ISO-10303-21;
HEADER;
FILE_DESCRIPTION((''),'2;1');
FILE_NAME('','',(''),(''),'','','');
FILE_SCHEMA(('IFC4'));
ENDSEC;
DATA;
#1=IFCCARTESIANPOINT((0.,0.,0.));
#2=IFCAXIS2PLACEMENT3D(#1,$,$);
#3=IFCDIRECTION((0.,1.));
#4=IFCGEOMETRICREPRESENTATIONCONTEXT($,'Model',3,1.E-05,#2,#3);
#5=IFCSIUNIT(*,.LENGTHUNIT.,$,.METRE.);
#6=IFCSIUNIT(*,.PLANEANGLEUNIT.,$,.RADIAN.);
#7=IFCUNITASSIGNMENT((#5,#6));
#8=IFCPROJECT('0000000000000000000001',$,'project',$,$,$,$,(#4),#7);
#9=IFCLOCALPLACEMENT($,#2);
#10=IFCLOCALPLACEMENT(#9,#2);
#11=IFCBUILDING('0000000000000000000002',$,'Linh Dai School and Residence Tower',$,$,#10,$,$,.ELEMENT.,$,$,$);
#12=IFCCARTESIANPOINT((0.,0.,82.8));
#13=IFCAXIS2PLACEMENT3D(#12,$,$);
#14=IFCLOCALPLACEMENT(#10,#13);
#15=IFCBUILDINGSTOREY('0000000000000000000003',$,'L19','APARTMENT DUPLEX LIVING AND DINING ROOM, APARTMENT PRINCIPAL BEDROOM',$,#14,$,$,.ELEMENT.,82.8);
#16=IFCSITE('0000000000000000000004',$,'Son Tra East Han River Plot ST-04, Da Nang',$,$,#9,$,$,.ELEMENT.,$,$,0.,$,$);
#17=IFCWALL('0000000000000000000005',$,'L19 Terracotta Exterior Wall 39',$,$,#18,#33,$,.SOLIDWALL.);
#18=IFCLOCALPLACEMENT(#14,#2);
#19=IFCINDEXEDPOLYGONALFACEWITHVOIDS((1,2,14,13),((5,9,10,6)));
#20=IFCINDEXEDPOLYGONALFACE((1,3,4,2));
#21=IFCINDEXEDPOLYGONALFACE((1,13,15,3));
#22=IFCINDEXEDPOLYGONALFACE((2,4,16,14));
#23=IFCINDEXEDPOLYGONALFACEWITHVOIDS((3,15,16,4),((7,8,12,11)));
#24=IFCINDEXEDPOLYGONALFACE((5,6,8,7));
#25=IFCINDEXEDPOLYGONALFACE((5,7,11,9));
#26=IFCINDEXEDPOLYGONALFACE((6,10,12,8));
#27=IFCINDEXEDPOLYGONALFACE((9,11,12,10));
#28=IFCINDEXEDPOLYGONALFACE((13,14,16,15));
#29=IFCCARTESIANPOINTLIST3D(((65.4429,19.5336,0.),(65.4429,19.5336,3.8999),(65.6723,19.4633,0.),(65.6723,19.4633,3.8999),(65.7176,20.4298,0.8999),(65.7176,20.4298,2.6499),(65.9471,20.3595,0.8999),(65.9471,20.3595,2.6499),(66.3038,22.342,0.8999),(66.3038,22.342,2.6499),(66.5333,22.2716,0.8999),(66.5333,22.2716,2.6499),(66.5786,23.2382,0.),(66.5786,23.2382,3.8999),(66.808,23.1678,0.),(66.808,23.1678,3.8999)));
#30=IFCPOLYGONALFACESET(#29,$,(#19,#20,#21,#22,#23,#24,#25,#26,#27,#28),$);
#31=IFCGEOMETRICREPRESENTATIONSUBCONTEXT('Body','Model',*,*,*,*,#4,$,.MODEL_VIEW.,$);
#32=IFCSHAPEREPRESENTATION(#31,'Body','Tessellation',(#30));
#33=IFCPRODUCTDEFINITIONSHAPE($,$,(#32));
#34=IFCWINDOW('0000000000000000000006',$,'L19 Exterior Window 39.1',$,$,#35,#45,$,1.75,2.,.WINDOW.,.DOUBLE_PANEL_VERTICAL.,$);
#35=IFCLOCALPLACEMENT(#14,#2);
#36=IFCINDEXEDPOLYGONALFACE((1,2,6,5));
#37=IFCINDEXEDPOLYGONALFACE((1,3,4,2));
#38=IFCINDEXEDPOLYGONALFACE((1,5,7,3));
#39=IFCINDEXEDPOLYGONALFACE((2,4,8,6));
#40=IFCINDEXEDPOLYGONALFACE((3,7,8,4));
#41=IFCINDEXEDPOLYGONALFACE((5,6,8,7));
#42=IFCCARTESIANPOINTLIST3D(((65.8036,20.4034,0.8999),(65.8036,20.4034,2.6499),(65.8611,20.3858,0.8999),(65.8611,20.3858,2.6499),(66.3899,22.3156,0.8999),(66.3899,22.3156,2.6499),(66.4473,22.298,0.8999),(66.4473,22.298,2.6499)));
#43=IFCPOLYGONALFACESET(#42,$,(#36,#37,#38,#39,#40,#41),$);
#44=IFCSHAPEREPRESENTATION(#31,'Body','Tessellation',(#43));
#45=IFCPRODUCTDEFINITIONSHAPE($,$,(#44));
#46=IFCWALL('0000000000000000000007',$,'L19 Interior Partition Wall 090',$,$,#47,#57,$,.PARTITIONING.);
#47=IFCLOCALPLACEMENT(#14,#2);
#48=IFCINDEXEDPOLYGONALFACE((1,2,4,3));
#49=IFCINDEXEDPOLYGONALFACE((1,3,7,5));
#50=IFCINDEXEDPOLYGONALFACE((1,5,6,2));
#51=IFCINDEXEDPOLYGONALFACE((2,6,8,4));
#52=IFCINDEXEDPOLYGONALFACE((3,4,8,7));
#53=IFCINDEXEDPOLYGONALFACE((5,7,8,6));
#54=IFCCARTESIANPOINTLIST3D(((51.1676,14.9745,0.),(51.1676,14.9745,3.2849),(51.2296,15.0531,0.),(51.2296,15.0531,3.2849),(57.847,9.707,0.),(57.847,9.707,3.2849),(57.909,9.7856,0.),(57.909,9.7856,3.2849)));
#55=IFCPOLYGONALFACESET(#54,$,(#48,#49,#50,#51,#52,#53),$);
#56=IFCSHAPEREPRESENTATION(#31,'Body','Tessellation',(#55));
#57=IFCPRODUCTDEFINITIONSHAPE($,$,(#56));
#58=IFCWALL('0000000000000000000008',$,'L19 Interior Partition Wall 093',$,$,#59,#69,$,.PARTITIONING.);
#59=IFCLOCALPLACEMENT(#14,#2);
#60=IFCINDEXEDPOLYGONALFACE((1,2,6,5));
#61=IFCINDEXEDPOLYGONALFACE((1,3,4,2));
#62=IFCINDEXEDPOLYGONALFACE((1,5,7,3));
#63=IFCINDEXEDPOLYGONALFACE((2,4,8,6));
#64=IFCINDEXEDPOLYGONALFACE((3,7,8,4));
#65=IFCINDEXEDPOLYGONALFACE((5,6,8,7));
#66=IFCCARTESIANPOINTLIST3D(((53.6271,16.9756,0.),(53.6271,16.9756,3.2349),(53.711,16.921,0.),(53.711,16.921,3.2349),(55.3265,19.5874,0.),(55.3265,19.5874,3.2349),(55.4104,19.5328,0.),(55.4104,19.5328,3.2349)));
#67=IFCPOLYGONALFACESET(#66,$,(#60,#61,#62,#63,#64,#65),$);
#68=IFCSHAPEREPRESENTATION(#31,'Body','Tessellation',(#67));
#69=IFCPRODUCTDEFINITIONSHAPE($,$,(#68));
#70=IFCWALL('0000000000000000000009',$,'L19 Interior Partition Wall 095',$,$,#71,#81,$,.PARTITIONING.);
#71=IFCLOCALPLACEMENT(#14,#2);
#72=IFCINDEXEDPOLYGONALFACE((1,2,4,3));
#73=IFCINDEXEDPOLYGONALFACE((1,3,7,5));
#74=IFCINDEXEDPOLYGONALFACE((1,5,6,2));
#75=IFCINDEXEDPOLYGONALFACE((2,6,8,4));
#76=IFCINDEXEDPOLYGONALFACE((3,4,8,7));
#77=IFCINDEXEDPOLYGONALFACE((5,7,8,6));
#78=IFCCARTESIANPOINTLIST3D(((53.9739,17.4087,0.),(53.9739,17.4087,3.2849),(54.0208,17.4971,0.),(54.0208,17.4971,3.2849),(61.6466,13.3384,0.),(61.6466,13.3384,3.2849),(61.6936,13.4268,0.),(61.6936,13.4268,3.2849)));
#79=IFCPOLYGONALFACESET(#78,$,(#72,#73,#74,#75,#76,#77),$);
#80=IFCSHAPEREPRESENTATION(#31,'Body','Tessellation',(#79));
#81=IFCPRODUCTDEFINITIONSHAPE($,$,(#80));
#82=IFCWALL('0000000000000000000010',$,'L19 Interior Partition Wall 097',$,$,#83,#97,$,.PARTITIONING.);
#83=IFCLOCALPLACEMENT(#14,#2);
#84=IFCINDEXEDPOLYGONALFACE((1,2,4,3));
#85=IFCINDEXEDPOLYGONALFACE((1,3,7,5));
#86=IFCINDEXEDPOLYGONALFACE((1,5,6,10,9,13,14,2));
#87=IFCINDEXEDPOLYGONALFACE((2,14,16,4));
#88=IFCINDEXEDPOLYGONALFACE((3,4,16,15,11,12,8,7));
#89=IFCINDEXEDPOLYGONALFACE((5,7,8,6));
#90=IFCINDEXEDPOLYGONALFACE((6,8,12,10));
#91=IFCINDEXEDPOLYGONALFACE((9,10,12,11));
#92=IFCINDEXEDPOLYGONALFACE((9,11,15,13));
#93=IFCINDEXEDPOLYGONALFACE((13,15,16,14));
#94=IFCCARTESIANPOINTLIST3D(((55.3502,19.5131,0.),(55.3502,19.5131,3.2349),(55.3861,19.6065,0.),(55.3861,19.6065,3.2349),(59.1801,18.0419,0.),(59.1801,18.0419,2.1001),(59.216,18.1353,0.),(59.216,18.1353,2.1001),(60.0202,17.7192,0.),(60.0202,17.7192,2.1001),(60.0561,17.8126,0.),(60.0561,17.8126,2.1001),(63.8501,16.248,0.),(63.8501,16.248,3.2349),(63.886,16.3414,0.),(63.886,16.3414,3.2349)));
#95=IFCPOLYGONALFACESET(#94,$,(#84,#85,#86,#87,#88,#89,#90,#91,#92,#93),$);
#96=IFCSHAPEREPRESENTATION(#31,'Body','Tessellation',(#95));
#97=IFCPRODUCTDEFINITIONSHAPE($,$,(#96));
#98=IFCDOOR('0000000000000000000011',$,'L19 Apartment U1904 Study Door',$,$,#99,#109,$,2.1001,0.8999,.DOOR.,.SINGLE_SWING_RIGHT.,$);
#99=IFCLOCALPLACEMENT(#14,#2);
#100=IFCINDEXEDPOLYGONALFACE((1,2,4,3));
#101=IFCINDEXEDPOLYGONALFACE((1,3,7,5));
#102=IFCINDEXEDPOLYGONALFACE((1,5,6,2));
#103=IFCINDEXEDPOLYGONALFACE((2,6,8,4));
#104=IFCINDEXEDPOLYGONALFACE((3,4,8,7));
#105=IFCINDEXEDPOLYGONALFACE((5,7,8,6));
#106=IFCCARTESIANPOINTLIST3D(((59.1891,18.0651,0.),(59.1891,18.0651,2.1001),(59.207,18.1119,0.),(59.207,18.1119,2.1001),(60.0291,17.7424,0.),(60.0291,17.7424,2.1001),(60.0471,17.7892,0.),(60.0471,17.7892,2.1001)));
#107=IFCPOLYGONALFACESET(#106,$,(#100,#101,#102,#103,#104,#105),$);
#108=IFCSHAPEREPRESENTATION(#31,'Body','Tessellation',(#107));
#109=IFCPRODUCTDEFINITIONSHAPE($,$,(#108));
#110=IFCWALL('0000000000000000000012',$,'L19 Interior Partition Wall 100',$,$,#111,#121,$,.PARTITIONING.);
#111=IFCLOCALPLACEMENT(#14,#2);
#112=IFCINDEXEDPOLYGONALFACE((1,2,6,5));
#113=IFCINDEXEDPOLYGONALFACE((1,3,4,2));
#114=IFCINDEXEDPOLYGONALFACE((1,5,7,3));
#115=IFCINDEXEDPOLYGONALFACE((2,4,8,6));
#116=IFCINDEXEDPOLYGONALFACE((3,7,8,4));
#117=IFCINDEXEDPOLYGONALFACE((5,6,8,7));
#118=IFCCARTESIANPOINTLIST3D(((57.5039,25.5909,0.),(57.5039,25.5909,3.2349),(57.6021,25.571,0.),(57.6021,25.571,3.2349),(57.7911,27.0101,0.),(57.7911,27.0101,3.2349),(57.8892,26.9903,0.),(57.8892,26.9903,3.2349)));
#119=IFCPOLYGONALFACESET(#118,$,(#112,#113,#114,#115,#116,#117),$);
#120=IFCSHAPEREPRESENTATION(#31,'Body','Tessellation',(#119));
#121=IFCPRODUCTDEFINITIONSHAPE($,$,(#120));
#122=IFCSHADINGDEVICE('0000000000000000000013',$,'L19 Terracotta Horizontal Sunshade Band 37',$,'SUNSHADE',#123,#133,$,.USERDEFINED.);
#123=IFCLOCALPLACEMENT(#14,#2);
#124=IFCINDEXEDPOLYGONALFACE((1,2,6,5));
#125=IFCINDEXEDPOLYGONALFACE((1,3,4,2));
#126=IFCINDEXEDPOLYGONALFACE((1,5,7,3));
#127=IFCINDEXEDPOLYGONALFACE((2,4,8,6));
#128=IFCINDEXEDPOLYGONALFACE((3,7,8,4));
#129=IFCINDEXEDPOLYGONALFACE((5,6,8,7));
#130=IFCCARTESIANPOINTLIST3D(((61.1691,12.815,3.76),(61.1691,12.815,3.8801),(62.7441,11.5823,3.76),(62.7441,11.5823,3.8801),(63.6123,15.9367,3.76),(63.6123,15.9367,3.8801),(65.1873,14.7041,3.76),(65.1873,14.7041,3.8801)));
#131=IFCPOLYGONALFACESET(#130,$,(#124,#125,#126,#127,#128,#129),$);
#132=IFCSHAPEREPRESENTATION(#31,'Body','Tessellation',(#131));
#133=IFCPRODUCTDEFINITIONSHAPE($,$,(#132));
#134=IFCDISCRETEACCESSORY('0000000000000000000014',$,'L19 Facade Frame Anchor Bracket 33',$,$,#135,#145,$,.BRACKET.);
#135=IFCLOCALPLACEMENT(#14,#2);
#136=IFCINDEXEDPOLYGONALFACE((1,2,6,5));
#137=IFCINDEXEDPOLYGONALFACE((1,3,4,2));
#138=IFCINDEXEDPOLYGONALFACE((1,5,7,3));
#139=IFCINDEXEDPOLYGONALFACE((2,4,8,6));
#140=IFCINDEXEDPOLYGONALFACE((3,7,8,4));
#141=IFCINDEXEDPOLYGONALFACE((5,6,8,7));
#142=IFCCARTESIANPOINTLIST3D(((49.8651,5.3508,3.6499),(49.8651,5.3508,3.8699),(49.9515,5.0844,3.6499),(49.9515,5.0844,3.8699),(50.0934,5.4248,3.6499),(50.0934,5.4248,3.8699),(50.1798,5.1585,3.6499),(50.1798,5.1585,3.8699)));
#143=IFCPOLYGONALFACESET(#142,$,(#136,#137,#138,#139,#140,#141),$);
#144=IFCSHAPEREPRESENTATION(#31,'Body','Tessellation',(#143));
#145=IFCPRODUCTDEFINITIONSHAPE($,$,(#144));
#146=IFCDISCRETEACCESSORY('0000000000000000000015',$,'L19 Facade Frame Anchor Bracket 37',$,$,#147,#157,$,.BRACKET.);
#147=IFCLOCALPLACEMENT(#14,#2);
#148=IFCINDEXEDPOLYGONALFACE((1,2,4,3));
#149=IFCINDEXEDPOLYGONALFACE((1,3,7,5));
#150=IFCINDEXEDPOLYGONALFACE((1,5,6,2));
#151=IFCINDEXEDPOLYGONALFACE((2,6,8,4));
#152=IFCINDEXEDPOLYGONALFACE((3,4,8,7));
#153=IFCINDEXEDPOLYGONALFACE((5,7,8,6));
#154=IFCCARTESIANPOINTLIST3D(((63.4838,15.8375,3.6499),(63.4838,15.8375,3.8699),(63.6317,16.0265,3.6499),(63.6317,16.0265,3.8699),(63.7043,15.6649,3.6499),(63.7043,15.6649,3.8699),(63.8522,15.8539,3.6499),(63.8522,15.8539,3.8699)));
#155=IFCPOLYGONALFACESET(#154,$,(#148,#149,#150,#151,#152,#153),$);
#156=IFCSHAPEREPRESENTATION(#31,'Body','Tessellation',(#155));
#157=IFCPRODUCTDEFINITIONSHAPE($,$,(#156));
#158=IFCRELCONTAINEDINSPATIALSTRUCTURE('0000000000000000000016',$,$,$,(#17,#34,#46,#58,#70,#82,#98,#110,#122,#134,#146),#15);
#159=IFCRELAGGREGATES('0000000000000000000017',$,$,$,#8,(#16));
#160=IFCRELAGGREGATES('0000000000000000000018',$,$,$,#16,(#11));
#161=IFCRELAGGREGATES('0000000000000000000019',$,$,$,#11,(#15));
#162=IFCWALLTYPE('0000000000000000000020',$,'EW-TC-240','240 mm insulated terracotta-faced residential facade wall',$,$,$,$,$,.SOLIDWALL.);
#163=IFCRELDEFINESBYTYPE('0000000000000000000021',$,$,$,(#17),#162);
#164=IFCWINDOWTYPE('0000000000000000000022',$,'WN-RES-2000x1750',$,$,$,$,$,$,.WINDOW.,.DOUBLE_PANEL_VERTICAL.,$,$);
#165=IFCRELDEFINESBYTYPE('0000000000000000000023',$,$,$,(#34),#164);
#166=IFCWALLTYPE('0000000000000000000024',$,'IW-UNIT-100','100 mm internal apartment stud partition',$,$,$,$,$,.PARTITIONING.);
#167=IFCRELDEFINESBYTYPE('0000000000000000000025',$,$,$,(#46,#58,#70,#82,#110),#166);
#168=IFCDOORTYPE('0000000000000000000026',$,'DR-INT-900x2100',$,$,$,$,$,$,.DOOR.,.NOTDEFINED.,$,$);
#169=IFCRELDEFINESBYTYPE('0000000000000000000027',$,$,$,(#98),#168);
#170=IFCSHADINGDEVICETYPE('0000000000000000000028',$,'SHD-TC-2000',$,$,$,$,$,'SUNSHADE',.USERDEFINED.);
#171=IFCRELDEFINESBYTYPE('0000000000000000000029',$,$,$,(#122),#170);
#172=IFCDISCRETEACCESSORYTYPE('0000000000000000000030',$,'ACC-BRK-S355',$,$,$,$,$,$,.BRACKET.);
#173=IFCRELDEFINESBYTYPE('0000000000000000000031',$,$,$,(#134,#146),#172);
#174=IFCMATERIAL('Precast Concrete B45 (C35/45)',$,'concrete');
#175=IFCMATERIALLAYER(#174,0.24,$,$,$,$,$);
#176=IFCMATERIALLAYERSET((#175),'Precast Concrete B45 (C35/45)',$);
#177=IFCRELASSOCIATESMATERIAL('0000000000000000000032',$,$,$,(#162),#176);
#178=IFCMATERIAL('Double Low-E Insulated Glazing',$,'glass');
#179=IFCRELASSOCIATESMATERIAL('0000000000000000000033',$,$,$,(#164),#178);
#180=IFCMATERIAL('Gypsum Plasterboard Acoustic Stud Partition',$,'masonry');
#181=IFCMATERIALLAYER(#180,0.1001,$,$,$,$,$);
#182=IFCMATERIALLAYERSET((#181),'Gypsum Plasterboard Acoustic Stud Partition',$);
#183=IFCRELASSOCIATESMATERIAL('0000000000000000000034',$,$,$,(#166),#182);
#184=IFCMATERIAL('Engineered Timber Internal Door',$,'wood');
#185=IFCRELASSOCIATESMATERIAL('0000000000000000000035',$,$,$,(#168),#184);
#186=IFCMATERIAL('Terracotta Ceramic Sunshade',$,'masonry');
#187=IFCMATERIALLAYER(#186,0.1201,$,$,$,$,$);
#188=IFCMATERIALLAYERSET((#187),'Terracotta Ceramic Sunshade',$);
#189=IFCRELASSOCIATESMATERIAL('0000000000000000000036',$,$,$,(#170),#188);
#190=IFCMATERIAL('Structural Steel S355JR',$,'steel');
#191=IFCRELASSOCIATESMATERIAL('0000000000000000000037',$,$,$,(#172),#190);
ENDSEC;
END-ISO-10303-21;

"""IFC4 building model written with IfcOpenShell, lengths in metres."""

from ifc_helpers import new_model, si_unit, direction, frame, frame_2d, origin, origin_2d, place, context, subcontext, project, spatial, rectangle, extrude, source, transform, mapped, material, layer, layer_set, type_object, element, fill, save


model = new_model("IFC4")

# Units and contexts
model_context = context("Model", 3, precision=1e-05, world=origin(), true_north=direction((0.0, 1.0)))
body_context = subcontext(model_context, "Body", "Model", "MODEL_VIEW")
ifc_project = project(units=[si_unit("LENGTHUNIT", "METRE"), si_unit("PLANEANGLEUNIT", "RADIAN")], contexts=[model_context])

# Site, building, storey
site_placement = place(None, origin())
site = spatial("IfcSite", under=ifc_project, at=site_placement, Name="Son Tra East Han River Plot ST-04, Da Nang", CompositionType="ELEMENT", RefElevation=0.0)
building_placement = place(site_placement, origin())
building = spatial("IfcBuilding", under=site, at=building_placement, Name="Linh Dai School and Residence Tower", CompositionType="ELEMENT")
storey_placement = place(building_placement, frame((0.0, 0.0, 82.8)))
storey = spatial("IfcBuildingStorey", under=building, at=storey_placement, Name="L19", Description="APARTMENT DUPLEX LIVING AND DINING ROOM, APARTMENT PRINCIPAL BEDROOM", CompositionType="ELEMENT", Elevation=82.8)

# Shared definitions
ifc_material_1 = material(Name="Structural Steel S355JR", Category="steel")

# Shared definitions
ifc_material_2 = material(Name="Precast Concrete B45 (C35/45)", Category="concrete")

# Shared definitions
ifc_layer_1 = layer(ifc_material_2, 0.24)
ifc_layer_set_1 = layer_set([ifc_layer_1], Name="Precast Concrete B45 (C35/45)")
wall_type_1 = type_object("IfcWallType", Name="EW-TC-240", Description="240 mm insulated terracotta-faced residential facade wall", PredefinedType="SOLIDWALL", material=ifc_layer_set_1)
ifc_material_3 = material(Name="Double Low-E Insulated Glazing", Category="glass")
window_type = type_object("IfcWindowType", Name="WN-RES-2000x1750", PartitioningType="DOUBLE_PANEL_VERTICAL", PredefinedType="WINDOW", material=ifc_material_3)
shared_shape_1 = source(origin(), body_context, "Body", "SweptSolid", [
    extrude(rectangle(XDim=2.0, YDim=1.75, at=origin_2d()), frame((1.0, 0.03, 0.875), z_axis=(0.0, -1.0, 0.0), x_axis=(1.0, 0.0, 0.0)), (0.0, 0.0, 1.0), 0.0601),
])

# Wall, opening, window
wall_1_placement = place(storey_placement, frame((66.6934, 23.2031, 0.0), z_axis=(0.0, 0.0, 1.0), x_axis=(-0.293112, -0.956078, 0.0)))
wall_1 = element("IfcWall", 1, at=wall_1_placement, inside=storey, type_object=wall_type_1, Name="L19 Terracotta Exterior Wall 39", PredefinedType="SOLIDWALL", context=body_context, shape_type="SweptSolid", body=[
    extrude(rectangle(XDim=3.8748, YDim=0.24, at=frame_2d((1.9375, 0.0))), origin(), (0.0, 0.0, 1.0), 3.8999),
])
opening_1_placement = place(wall_1_placement, frame((0.9375, 0.0, 0.8999)))
opening_1 = element("IfcOpeningElement", 2, at=opening_1_placement, cuts=wall_1, PredefinedType="OPENING", context=body_context, shape_type="SweptSolid", body=[
    extrude(rectangle(XDim=2.0, YDim=1.75, at=origin_2d()), frame((1.0, 0.1299, 0.875), z_axis=(0.0, -1.0, 0.0), x_axis=(1.0, 0.0, 0.0)), (0.0, 0.0, 1.0), 0.26),
])
window_1_placement = place(opening_1_placement, origin())
window_1 = element("IfcWindow", 3, at=window_1_placement, inside=storey, type_object=window_type, Name="L19 Exterior Window 39.1", OverallHeight=1.75, OverallWidth=2.0, PartitioningType="DOUBLE_PANEL_VERTICAL", PredefinedType="WINDOW", context=body_context, shape_type="MappedRepresentation", body=[
    mapped(shared_shape_1, transform((0.0, 0.0, 0.0), x_axis=(1.0, 0.0, 0.0), y_axis=(0.0, 1.0, 0.0), z_axis=(0.0, 0.0, 1.0), scale=1.0)),
])
fill(opening_1, window_1)

# Walls
ifc_material_4 = material(Name="Gypsum Plasterboard Acoustic Stud Partition", Category="masonry")
ifc_layer_2 = layer(ifc_material_4, 0.1001)
ifc_layer_set_2 = layer_set([ifc_layer_2], Name="Gypsum Plasterboard Acoustic Stud Partition")
wall_type_2 = type_object("IfcWallType", Name="IW-UNIT-100", Description="100 mm internal apartment stud partition", PredefinedType="PARTITIONING", material=ifc_layer_set_2)
wall_2_placement = place(storey_placement, frame((51.1985, 15.0139, 0.0), z_axis=(0.0, 0.0, 1.0), x_axis=(0.785207, -0.619234, 0.0)))
element("IfcWall", 4, at=wall_2_placement, inside=storey, type_object=wall_type_2, Name="L19 Interior Partition Wall 090", PredefinedType="PARTITIONING", context=body_context, shape_type="SweptSolid", body=[
    extrude(rectangle(XDim=8.5066, YDim=0.1001, at=frame_2d((4.2534, 0.0))), origin(), (0.0, 0.0, 1.0), 3.2849),
])
wall_3_placement = place(storey_placement, frame((53.6689, 16.9482, 0.0), z_axis=(0.0, 0.0, 1.0), x_axis=(0.54539, 0.838182, 0.0)))
element("IfcWall", 5, at=wall_3_placement, inside=storey, type_object=wall_type_2, Name="L19 Interior Partition Wall 093", PredefinedType="PARTITIONING", context=body_context, shape_type="SweptSolid", body=[
    extrude(rectangle(XDim=3.116, YDim=0.1001, at=frame_2d((1.5581, 0.0))), origin(), (0.0, 0.0, 1.0), 3.2349),
])
wall_4_placement = place(storey_placement, frame((53.9973, 17.4529, 0.0), z_axis=(0.0, 0.0, 1.0), x_axis=(0.883397, -0.468626, 0.0)))
element("IfcWall", 6, at=wall_4_placement, inside=storey, type_object=wall_type_2, Name="L19 Interior Partition Wall 095", PredefinedType="PARTITIONING", context=body_context, shape_type="SweptSolid", body=[
    extrude(rectangle(XDim=8.6855, YDim=0.1001, at=frame_2d((4.3428, 0.0))), origin(), (0.0, 0.0, 1.0), 3.2849),
])

# Wall, opening, door
wall_5_placement = place(storey_placement, frame((55.3682, 19.5598, 0.0), z_axis=(0.0, 0.0, 1.0), x_axis=(0.933496, -0.358587, 0.0)))
wall_5 = element("IfcWall", 7, at=wall_5_placement, inside=storey, type_object=wall_type_2, Name="L19 Interior Partition Wall 097", PredefinedType="PARTITIONING", context=body_context, shape_type="SweptSolid", body=[
    extrude(rectangle(XDim=9.1055, YDim=0.1001, at=frame_2d((4.5527, 0.0))), origin(), (0.0, 0.0, 1.0), 3.2349),
])
opening_2_placement = place(wall_5_placement, frame((4.1028, 0.0, 0.0)))
opening_2 = element("IfcOpeningElement", 8, at=opening_2_placement, cuts=wall_5, PredefinedType="OPENING", context=body_context, shape_type="SweptSolid", body=[
    extrude(rectangle(XDim=0.8999, YDim=2.1001, at=origin_2d()), frame((0.45, 0.0601, 1.05), z_axis=(0.0, -1.0, 0.0), x_axis=(1.0, 0.0, 0.0)), (0.0, 0.0, 1.0), 0.1201),
])
ifc_material_5 = material(Name="Engineered Timber Internal Door", Category="wood")
door_type = type_object("IfcDoorType", Name="DR-INT-900x2100", OperationType="NOTDEFINED", PredefinedType="DOOR", material=ifc_material_5)
shared_shape_2 = source(origin(), body_context, "Body", "SweptSolid", [
    extrude(rectangle(XDim=0.8999, YDim=2.1001, at=origin_2d()), frame((0.45, 0.0249, 1.05), z_axis=(0.0, -1.0, 0.0), x_axis=(1.0, 0.0, 0.0)), (0.0, 0.0, 1.0), 0.05),
])
door_placement = place(opening_2_placement, origin())
door = element("IfcDoor", 9, at=door_placement, inside=storey, type_object=door_type, Name="L19 Apartment U1904 Study Door", OperationType="SINGLE_SWING_RIGHT", OverallHeight=2.1001, OverallWidth=0.8999, PredefinedType="DOOR", context=body_context, shape_type="MappedRepresentation", body=[
    mapped(shared_shape_2, transform((0.0, 0.0, 0.0), x_axis=(1.0, 0.0, 0.0), y_axis=(0.0, 1.0, 0.0), z_axis=(0.0, 0.0, 1.0), scale=1.0)),
])
fill(opening_2, door)

# Wall
wall_6_placement = place(storey_placement, frame((57.553, 25.5808, 0.0), z_axis=(0.0, 0.0, 1.0), x_axis=(0.198288, 0.980144, 0.0)))
element("IfcWall", 10, at=wall_6_placement, inside=storey, type_object=wall_type_2, Name="L19 Interior Partition Wall 100", PredefinedType="PARTITIONING", context=body_context, shape_type="SweptSolid", body=[
    extrude(rectangle(XDim=1.448, YDim=0.1001, at=frame_2d((0.7241, 0.0))), origin(), (0.0, 0.0, 1.0), 3.2349),
])

# Shading device
ifc_material_6 = material(Name="Terracotta Ceramic Sunshade", Category="masonry")
ifc_layer_3 = layer(ifc_material_6, 0.1201)
ifc_layer_set_3 = layer_set([ifc_layer_3], Name="Terracotta Ceramic Sunshade")
shading_device_type = type_object("IfcShadingDeviceType", Name="SHD-TC-2000", ElementType="SUNSHADE", PredefinedType="USERDEFINED", material=ifc_layer_set_3)
shared_shape_3 = source(origin(), body_context, "Body", "SweptSolid", [
    extrude(rectangle(XDim=3.9641, YDim=2.0, at=origin_2d()), origin(), (0.0, 0.0, 1.0), 0.1201),
])
shading_device_placement = place(storey_placement, frame((63.1782, 13.7595, 3.76), z_axis=(0.0, 0.0, 1.0), x_axis=(-0.616319, -0.787496, 0.0)))
element("IfcShadingDevice", 11, at=shading_device_placement, inside=storey, type_object=shading_device_type, Name="L19 Terracotta Horizontal Sunshade Band 37", ObjectType="SUNSHADE", PredefinedType="USERDEFINED", context=body_context, shape_type="MappedRepresentation", body=[
    mapped(shared_shape_3, transform((0.0, 0.0, 0.0), x_axis=(1.0, 0.0, 0.0), y_axis=(0.0, 1.0, 0.0), z_axis=(0.0, 0.0, 1.0), scale=1.0)),
])

# Discrete accessories
discrete_accessory_type = type_object("IfcDiscreteAccessoryType", Name="ACC-BRK-S355", PredefinedType="BRACKET", material=ifc_material_1)
shared_shape_4 = source(origin(), body_context, "Body", "SweptSolid", [
    extrude(rectangle(XDim=0.28, YDim=0.24, at=origin_2d()), origin(), (0.0, 0.0, 1.0), 0.22),
])
for number, where, z_axis, x_axis, name in (
    (12, (50.0225, 5.2546, 3.6499), (0.0, 0.0, 1.0), (0.308511, -0.951221, 0.0), "L19 Facade Frame Anchor Bracket 33"),
    (13, (63.668, 15.8457, 3.6499), (0.0, 0.0, 1.0), (0.787496, -0.616319, 0.0), "L19 Facade Frame Anchor Bracket 37"),
):
    element("IfcDiscreteAccessory", number, at=place(storey_placement, frame(where, z_axis=z_axis, x_axis=x_axis)), inside=storey, type_object=discrete_accessory_type, Name=name, PredefinedType="BRACKET", context=body_context, shape_type="MappedRepresentation", body=[
        mapped(shared_shape_4, transform((0.0, 0.0, 0.0), x_axis=(1.0, 0.0, 0.0), y_axis=(0.0, 1.0, 0.0), z_axis=(0.0, 0.0, 1.0), scale=1.0)),
    ])

save(model, "model.ifc")
